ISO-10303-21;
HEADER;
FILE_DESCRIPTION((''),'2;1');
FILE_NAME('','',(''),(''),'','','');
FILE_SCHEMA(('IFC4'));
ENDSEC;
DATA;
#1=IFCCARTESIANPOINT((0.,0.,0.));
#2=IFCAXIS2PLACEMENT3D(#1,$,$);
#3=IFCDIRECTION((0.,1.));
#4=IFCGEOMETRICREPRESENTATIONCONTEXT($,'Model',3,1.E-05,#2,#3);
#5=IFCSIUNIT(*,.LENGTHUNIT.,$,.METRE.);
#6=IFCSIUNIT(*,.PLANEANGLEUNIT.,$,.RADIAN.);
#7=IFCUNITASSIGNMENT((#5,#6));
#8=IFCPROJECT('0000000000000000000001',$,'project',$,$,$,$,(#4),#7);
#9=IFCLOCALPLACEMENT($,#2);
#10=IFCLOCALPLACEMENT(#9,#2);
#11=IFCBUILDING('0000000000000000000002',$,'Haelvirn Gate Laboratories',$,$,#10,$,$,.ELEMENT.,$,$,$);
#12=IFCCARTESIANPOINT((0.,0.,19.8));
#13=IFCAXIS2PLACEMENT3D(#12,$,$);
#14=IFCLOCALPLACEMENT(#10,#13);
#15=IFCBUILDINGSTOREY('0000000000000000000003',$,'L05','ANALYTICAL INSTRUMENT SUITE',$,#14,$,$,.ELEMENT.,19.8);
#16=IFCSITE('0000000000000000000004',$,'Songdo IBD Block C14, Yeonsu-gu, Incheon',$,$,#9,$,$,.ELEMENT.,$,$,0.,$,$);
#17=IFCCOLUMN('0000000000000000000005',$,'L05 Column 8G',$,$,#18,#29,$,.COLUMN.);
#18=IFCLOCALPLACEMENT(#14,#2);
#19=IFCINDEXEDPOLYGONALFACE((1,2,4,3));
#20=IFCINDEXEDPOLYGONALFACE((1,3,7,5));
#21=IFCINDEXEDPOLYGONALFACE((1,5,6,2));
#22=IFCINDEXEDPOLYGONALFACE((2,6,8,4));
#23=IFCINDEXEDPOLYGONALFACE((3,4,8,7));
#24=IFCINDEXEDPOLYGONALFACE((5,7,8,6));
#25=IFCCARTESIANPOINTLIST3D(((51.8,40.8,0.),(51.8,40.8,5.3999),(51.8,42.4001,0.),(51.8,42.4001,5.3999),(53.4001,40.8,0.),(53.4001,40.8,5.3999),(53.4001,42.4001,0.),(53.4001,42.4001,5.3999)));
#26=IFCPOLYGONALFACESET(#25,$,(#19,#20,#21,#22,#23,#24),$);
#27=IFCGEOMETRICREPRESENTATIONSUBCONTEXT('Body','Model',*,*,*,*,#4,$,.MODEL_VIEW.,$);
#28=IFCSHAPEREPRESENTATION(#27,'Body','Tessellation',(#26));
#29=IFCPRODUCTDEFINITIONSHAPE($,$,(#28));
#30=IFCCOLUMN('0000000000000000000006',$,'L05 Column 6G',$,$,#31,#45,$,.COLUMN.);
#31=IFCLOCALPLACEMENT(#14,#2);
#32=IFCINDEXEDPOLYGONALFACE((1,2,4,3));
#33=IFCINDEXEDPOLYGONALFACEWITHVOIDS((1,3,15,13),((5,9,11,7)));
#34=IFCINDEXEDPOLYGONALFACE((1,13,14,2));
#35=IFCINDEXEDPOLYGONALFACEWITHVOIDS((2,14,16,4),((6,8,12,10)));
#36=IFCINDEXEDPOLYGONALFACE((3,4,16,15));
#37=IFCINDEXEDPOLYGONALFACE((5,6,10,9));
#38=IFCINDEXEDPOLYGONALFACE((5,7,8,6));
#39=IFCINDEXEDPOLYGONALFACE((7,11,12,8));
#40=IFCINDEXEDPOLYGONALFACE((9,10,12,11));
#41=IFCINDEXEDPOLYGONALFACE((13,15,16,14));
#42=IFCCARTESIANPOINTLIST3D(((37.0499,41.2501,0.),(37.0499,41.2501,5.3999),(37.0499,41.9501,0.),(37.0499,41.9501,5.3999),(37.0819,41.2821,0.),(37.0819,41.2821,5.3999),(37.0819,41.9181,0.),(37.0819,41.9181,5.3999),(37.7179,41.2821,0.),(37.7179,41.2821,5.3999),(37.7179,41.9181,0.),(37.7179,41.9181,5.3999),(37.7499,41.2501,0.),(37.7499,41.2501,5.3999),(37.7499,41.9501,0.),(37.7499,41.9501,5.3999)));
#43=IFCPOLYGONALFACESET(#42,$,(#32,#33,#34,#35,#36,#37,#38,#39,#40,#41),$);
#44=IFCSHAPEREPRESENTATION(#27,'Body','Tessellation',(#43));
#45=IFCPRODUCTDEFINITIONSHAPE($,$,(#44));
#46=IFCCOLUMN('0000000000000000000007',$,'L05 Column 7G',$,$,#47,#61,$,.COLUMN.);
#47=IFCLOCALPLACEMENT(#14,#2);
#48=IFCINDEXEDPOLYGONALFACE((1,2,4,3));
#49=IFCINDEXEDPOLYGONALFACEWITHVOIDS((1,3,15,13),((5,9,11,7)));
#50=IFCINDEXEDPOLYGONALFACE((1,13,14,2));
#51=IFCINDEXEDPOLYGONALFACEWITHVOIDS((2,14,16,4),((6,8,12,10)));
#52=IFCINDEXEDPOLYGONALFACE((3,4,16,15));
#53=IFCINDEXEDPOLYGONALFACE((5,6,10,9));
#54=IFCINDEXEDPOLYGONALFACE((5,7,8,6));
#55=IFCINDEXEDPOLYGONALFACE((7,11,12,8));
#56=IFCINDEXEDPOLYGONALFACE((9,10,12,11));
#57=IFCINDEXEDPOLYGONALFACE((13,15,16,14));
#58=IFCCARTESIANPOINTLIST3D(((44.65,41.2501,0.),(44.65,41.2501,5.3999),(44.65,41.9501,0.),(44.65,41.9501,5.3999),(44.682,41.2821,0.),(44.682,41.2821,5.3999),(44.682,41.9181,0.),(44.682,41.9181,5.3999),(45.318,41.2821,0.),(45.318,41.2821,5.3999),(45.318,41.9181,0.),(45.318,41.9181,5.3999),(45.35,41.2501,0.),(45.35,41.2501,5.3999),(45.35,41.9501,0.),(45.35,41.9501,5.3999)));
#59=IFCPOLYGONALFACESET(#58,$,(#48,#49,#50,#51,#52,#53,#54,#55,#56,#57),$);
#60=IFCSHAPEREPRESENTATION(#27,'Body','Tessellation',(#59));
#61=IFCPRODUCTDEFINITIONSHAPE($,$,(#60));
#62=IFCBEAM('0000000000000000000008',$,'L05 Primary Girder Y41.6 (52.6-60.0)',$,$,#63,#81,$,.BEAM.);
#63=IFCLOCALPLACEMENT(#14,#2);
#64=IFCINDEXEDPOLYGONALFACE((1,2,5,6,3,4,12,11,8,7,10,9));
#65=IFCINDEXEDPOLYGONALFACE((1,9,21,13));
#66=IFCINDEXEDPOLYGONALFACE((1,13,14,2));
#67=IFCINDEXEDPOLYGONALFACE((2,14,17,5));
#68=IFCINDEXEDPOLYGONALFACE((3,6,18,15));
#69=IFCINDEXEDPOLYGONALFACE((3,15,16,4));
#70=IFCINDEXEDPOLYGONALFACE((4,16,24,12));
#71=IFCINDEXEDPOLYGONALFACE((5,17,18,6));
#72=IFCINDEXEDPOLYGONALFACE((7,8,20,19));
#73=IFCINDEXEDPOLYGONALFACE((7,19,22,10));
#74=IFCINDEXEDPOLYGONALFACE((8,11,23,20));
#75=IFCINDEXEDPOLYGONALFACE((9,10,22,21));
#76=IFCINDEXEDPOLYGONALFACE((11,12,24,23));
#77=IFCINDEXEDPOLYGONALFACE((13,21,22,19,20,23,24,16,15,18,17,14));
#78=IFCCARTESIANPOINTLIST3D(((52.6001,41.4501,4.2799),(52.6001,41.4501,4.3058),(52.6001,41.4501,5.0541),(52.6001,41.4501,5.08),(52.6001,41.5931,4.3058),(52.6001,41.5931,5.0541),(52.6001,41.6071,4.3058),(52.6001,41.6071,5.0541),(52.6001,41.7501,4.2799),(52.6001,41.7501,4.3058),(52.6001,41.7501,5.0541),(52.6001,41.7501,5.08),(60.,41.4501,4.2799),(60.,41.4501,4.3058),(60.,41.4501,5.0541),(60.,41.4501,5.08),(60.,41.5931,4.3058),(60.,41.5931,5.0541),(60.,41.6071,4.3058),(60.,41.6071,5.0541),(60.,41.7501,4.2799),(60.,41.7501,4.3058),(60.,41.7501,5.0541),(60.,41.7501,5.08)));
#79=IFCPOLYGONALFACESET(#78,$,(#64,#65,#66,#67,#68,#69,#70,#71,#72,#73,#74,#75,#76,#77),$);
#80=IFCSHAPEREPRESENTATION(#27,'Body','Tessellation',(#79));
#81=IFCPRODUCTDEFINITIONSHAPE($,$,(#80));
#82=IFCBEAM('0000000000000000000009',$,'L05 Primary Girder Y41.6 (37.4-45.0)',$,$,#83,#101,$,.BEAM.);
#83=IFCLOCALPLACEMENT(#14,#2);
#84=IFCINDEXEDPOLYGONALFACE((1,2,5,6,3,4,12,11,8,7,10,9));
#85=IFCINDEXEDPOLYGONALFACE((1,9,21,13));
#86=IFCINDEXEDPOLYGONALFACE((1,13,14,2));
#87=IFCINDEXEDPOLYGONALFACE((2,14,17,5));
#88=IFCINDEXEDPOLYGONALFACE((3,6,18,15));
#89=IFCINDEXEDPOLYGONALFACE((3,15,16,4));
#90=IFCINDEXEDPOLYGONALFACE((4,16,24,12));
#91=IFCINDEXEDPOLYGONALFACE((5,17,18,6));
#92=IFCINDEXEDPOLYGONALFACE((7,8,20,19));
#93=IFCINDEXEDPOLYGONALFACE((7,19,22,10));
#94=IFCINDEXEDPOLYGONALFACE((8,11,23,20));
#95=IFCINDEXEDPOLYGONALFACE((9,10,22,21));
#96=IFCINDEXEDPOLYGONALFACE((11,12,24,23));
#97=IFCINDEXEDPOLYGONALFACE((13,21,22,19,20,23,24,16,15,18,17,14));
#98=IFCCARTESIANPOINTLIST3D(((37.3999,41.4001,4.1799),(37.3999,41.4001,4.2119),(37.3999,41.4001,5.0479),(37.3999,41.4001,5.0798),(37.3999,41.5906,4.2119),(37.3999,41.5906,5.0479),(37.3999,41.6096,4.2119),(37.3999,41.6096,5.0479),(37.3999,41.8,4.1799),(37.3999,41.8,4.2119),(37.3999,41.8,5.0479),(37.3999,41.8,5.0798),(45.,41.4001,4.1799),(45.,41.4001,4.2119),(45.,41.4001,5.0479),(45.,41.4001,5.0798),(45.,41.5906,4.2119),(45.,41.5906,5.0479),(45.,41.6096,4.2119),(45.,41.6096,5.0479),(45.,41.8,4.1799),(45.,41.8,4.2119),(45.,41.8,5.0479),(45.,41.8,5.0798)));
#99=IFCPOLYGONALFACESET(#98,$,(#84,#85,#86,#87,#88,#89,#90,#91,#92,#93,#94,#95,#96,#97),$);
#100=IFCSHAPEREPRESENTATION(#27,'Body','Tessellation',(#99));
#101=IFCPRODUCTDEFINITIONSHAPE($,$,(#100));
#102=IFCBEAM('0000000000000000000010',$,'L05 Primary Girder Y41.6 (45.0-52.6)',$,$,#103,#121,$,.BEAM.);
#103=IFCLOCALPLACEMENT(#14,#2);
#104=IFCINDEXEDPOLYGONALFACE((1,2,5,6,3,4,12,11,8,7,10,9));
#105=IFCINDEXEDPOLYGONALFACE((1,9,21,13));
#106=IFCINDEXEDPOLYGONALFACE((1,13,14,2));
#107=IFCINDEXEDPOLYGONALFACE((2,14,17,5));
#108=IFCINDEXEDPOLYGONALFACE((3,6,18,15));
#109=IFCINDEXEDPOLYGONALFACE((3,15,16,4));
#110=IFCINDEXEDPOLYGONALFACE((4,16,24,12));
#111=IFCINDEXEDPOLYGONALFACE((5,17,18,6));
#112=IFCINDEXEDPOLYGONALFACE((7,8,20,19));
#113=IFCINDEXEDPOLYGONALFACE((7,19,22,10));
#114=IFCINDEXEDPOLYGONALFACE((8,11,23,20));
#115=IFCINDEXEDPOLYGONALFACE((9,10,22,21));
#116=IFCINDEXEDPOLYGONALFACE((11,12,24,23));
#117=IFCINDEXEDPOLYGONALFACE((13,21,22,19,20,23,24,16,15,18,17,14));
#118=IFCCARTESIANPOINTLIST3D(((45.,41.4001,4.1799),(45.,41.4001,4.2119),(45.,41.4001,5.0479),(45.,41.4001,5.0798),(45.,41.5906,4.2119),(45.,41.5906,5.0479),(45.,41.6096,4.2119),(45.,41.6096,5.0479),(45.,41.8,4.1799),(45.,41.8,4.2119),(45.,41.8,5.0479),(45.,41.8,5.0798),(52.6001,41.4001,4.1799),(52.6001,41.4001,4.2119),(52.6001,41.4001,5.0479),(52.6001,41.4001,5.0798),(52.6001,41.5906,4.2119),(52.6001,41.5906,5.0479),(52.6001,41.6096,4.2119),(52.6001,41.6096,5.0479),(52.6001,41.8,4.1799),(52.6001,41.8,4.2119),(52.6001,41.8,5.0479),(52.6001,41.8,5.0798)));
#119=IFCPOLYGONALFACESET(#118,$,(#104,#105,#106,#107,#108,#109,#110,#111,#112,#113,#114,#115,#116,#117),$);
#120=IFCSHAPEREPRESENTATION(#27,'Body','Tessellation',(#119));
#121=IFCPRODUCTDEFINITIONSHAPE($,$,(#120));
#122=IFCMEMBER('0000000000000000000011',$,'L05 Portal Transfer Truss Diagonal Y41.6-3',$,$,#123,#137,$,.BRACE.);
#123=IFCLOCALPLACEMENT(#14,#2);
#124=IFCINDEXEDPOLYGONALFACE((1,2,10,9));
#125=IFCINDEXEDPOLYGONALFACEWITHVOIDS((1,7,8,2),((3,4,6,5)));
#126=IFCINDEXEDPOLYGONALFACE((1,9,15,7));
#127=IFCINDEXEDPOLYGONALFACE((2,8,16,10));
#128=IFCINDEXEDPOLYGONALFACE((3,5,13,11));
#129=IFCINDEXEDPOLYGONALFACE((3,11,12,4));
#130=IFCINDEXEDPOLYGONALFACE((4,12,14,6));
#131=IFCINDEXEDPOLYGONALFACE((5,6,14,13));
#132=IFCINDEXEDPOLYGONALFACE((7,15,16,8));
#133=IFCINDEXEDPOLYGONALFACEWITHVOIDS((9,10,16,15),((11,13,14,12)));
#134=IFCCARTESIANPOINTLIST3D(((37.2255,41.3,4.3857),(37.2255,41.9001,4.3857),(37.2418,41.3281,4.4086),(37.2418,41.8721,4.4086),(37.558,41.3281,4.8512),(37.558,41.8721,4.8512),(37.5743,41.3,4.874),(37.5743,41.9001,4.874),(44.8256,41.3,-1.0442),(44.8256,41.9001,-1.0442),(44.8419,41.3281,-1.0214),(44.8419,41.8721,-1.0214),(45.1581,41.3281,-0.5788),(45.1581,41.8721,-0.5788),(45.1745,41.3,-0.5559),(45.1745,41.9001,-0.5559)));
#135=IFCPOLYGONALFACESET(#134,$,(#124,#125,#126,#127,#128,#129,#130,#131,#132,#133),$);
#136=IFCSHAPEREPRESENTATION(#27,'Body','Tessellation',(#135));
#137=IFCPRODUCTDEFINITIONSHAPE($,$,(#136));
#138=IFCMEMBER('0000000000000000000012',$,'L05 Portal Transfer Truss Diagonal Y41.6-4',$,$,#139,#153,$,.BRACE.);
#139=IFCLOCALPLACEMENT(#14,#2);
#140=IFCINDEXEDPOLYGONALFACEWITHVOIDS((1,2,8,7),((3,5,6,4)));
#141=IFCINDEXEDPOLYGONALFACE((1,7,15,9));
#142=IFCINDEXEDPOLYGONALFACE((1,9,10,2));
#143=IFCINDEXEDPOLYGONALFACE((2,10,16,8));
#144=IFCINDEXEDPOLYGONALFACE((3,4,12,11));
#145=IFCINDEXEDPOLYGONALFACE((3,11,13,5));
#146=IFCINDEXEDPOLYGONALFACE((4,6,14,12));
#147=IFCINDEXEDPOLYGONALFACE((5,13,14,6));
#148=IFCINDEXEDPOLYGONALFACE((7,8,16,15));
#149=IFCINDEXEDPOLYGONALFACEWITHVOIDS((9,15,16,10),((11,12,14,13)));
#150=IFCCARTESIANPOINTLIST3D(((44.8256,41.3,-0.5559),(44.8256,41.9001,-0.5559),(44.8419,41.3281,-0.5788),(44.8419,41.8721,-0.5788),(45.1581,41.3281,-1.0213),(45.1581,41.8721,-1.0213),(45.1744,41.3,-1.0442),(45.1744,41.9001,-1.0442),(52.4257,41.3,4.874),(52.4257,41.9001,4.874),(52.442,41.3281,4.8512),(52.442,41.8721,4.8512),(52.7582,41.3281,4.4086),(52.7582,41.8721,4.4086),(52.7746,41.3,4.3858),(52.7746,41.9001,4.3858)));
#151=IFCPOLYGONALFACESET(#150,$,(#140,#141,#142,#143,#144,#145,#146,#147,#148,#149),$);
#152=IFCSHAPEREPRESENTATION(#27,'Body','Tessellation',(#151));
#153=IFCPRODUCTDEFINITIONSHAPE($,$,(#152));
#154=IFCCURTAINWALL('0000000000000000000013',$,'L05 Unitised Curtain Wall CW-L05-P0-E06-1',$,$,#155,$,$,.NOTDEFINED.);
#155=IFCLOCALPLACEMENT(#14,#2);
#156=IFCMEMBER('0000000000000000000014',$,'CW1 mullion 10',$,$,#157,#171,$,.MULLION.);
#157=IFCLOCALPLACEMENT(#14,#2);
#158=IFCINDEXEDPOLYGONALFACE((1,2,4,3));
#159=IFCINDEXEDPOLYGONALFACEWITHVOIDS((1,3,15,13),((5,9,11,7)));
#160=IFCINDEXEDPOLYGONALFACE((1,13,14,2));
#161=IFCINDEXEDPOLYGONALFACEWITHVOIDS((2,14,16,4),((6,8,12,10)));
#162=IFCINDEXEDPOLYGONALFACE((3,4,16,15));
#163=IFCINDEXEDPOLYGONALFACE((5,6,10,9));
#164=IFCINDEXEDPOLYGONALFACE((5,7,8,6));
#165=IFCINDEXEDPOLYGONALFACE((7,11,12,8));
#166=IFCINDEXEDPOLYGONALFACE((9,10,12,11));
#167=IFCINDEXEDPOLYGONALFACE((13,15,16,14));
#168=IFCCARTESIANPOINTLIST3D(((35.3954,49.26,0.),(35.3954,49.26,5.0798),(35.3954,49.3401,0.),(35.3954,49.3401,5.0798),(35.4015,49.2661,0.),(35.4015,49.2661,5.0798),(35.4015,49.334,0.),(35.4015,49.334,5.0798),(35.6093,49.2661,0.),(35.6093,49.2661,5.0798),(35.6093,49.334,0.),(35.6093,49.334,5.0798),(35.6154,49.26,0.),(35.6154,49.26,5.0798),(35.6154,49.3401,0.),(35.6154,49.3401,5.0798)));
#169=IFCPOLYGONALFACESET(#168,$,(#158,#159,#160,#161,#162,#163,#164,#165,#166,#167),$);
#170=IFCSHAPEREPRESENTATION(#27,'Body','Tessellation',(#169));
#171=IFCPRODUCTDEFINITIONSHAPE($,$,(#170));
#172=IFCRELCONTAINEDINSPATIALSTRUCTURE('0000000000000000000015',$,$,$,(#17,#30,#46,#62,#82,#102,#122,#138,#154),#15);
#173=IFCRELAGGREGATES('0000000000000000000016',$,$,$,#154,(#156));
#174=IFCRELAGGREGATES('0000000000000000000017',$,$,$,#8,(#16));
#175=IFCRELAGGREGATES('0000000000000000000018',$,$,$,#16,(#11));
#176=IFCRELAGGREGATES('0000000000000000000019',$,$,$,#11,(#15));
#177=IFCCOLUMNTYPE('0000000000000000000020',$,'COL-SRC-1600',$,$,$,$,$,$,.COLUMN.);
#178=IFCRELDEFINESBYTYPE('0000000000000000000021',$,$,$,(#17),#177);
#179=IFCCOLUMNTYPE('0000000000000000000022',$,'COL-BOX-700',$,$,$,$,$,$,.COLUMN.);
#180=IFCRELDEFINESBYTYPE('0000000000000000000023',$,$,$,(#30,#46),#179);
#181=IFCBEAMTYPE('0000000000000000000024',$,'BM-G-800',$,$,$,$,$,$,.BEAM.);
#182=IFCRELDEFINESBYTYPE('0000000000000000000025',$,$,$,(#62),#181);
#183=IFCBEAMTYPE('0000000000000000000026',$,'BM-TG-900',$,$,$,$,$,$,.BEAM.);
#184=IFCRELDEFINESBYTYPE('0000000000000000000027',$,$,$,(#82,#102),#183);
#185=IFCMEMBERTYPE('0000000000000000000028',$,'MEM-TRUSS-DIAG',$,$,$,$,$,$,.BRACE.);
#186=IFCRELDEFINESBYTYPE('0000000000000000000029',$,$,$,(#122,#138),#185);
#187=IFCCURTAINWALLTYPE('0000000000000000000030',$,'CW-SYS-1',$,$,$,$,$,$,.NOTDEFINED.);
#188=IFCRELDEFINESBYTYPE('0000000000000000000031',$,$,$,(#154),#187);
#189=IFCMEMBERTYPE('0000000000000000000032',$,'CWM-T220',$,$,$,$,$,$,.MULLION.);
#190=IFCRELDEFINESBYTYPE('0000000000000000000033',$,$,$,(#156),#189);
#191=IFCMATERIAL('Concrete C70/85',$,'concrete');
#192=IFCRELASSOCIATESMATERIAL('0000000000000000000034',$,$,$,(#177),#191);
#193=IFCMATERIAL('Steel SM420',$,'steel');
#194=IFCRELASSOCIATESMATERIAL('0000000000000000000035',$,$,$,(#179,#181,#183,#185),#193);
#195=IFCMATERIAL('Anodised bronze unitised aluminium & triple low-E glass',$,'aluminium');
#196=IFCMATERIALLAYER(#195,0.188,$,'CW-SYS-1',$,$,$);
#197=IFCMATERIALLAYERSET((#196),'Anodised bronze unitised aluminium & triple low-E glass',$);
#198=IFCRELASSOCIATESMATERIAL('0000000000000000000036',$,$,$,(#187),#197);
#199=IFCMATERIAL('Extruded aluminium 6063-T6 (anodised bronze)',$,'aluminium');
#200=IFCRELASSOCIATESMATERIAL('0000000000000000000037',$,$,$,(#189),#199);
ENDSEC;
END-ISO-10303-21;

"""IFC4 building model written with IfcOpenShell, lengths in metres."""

from ifc_helpers import new_model, si_unit, direction, frame, origin, origin_2d, place, context, subcontext, project, spatial, rectangle, hollow_rectangle, i_section, extrude, source, transform, mapped, material, layer, layer_set, material_profile, profile_set, type_object, type_shapes, element, aggregate, save


model = new_model("IFC4")

# Units and contexts
model_context = context("Model", 3, precision=1e-05, world=origin(), true_north=direction((0.0, 1.0)))
body_context = subcontext(model_context, "Body", "Model", "MODEL_VIEW")
ifc_project = project(units=[si_unit("LENGTHUNIT", "METRE"), si_unit("PLANEANGLEUNIT", "RADIAN")], contexts=[model_context])

# Site, building, storey
site_placement = place(None, origin())
site = spatial("IfcSite", under=ifc_project, at=site_placement, Name="Songdo IBD Block C14, Yeonsu-gu, Incheon", CompositionType="ELEMENT", RefElevation=0.0)
building_placement = place(site_placement, origin())
building = spatial("IfcBuilding", under=site, at=building_placement, Name="Haelvirn Gate Laboratories", CompositionType="ELEMENT")
storey_placement = place(building_placement, frame((0.0, 0.0, 19.8)))
storey = spatial("IfcBuildingStorey", under=building, at=storey_placement, Name="L05", Description="ANALYTICAL INSTRUMENT SUITE", CompositionType="ELEMENT", Elevation=19.8)

# Columns
ifc_material_1 = material(Name="Concrete C70/85", Category="concrete")
ifc_material_profile_1 = material_profile(ifc_material_1, rectangle(XDim=1.6001, YDim=1.6001, at=origin_2d()), Name="SRC-1600x1600")
ifc_profile_set_1 = profile_set([ifc_material_profile_1], Name="Concrete C70/85")
column_type_1 = type_object("IfcColumnType", Name="COL-SRC-1600", PredefinedType="COLUMN", material=ifc_profile_set_1)
shared_shape_1 = source(origin(), body_context, "Body", "SweptSolid", [
    extrude(rectangle(XDim=1.6001, YDim=1.6001, at=origin_2d()), origin(), (0.0, 0.0, 1.0), 5.3999),
])
type_shapes(column_type_1, [shared_shape_1])
column_placement = place(storey_placement, frame((52.6001, 41.6001, 0.0), z_axis=(0.0, 0.0, 1.0), x_axis=(1.0, 0.0, 0.0)))
element("IfcColumn", 1, at=column_placement, inside=storey, type_object=column_type_1, Name="L05 Column 8G", PredefinedType="COLUMN", context=body_context, shape_type="MappedRepresentation", body=[
    mapped(shared_shape_1, transform((0.0, 0.0, 0.0), scale=1.0)),
])
ifc_material_2 = material(Name="Steel SM420", Category="steel")
ifc_material_profile_2 = material_profile(ifc_material_2, hollow_rectangle(XDim=0.7, YDim=0.7, WallThickness=0.032, at=origin_2d()), Name="BOX-700x700x32")
ifc_profile_set_2 = profile_set([ifc_material_profile_2], Name="Steel SM420")
column_type_2 = type_object("IfcColumnType", Name="COL-BOX-700", PredefinedType="COLUMN", material=ifc_profile_set_2)
shared_shape_2 = source(origin(), body_context, "Body", "SweptSolid", [
    extrude(hollow_rectangle(XDim=0.7, YDim=0.7, WallThickness=0.032, at=origin_2d()), origin(), (0.0, 0.0, 1.0), 5.3999),
])
type_shapes(column_type_2, [shared_shape_2])
for number, where, z_axis, x_axis, name in (
    (2, (37.3999, 41.6001, 0.0), (0.0, 0.0, 1.0), (1.0, 0.0, 0.0), "L05 Column 6G"),
    (3, (45.0, 41.6001, 0.0), (0.0, 0.0, 1.0), (1.0, 0.0, 0.0), "L05 Column 7G"),
):
    element("IfcColumn", number, at=place(storey_placement, frame(where, z_axis=z_axis, x_axis=x_axis)), inside=storey, type_object=column_type_2, Name=name, PredefinedType="COLUMN", context=body_context, shape_type="MappedRepresentation", body=[
        mapped(shared_shape_2, transform((0.0, 0.0, 0.0), scale=1.0)),
    ])

# Beams
ifc_material_profile_3 = material_profile(ifc_material_2, i_section(OverallWidth=0.3, OverallDepth=0.8, WebThickness=0.0139, FlangeThickness=0.0259, at=origin_2d()), Name="H-800x300x14x26")
ifc_profile_set_3 = profile_set([ifc_material_profile_3], Name="Steel SM420")
beam_type_1 = type_object("IfcBeamType", Name="BM-G-800", PredefinedType="BEAM", material=ifc_profile_set_3)
shared_shape_3 = source(origin(), body_context, "Body", "SweptSolid", [
    extrude(i_section(OverallWidth=0.3, OverallDepth=0.8, WebThickness=0.0139, FlangeThickness=0.0259, at=origin_2d()), origin(), (0.0, 0.0, 1.0), 7.3999),
])
type_shapes(beam_type_1, [shared_shape_3])
beam_placement = place(storey_placement, frame((52.6001, 41.6001, 4.6799), z_axis=(1.0, 0.0, 0.0), x_axis=(0.0, 1.0, 0.0)))
element("IfcBeam", 4, at=beam_placement, inside=storey, type_object=beam_type_1, Name="L05 Primary Girder Y41.6 (52.6-60.0)", PredefinedType="BEAM", context=body_context, shape_type="MappedRepresentation", body=[
    mapped(shared_shape_3, transform((0.0, 0.0, 0.0), scale=1.0)),
])
ifc_material_profile_4 = material_profile(ifc_material_2, i_section(OverallWidth=0.3999, OverallDepth=0.8999, WebThickness=0.019, FlangeThickness=0.032, at=origin_2d()), Name="H-900x400x19x32")
ifc_profile_set_4 = profile_set([ifc_material_profile_4], Name="Steel SM420")
beam_type_2 = type_object("IfcBeamType", Name="BM-TG-900", PredefinedType="BEAM", material=ifc_profile_set_4)
shared_shape_4 = source(origin(), body_context, "Body", "SweptSolid", [
    extrude(i_section(OverallWidth=0.3999, OverallDepth=0.8999, WebThickness=0.019, FlangeThickness=0.032, at=origin_2d()), origin(), (0.0, 0.0, 1.0), 7.6001),
])
type_shapes(beam_type_2, [shared_shape_4])
for number, where, z_axis, x_axis, name in (
    (5, (37.3999, 41.6001, 4.6299), (1.0, 0.0, 0.0), (0.0, 1.0, 0.0), "L05 Primary Girder Y41.6 (37.4-45.0)"),
    (6, (45.0, 41.6001, 4.6299), (1.0, 0.0, 0.0), (0.0, 1.0, 0.0), "L05 Primary Girder Y41.6 (45.0-52.6)"),
):
    element("IfcBeam", number, at=place(storey_placement, frame(where, z_axis=z_axis, x_axis=x_axis)), inside=storey, type_object=beam_type_2, Name=name, PredefinedType="BEAM", context=body_context, shape_type="MappedRepresentation", body=[
        mapped(shared_shape_4, transform((0.0, 0.0, 0.0), scale=1.0)),
    ])

# Members
ifc_material_profile_5 = material_profile(ifc_material_2, hollow_rectangle(XDim=0.6001, YDim=0.6001, WallThickness=0.0281, at=origin_2d()), Name="BOX-600x600x28")
ifc_profile_set_5 = profile_set([ifc_material_profile_5], Name="Steel SM420")
member_type_1 = type_object("IfcMemberType", Name="MEM-TRUSS-DIAG", PredefinedType="BRACE", material=ifc_profile_set_5)
shared_shape_5 = source(origin(), body_context, "Body", "SweptSolid", [
    extrude(hollow_rectangle(XDim=0.6001, YDim=0.6001, WallThickness=0.0281, at=origin_2d()), origin(), (0.0, 0.0, 1.0), 9.3406),
])
type_shapes(member_type_1, [shared_shape_5])
for number, where, z_axis, x_axis, name in (
    (7, (37.3999, 41.6001, 4.6299), (0.813668, 0.0, -0.58133), (0.0, 1.0, 0.0), "L05 Portal Transfer Truss Diagonal Y41.6-3"),
    (8, (45.0, 41.6001, -0.8), (0.813668, 0.0, 0.58133), (0.0, 1.0, 0.0), "L05 Portal Transfer Truss Diagonal Y41.6-4"),
):
    element("IfcMember", number, at=place(storey_placement, frame(where, z_axis=z_axis, x_axis=x_axis)), inside=storey, type_object=member_type_1, Name=name, PredefinedType="BRACE", context=body_context, shape_type="MappedRepresentation", body=[
        mapped(shared_shape_5, transform((0.0, 0.0, 0.0), scale=1.0)),
    ])

# Curtain wall, member
ifc_material_3 = material(Name="Anodised bronze unitised aluminium & triple low-E glass", Category="aluminium")
ifc_layer_1 = layer(ifc_material_3, 0.188, Name="CW-SYS-1")
ifc_layer_set_1 = layer_set([ifc_layer_1], Name="Anodised bronze unitised aluminium & triple low-E glass")
curtain_wall_type = type_object("IfcCurtainWallType", Name="CW-SYS-1", PredefinedType="NOTDEFINED", material=ifc_layer_set_1)
curtain_wall_placement = place(storey_placement, origin())
curtain_wall = element("IfcCurtainWall", 9, at=curtain_wall_placement, inside=storey, type_object=curtain_wall_type, Name="L05 Unitised Curtain Wall CW-L05-P0-E06-1", PredefinedType="NOTDEFINED")
ifc_material_4 = material(Name="Extruded aluminium 6063-T6 (anodised bronze)", Category="aluminium")
ifc_material_profile_6 = material_profile(ifc_material_4, hollow_rectangle(XDim=0.0801, YDim=0.22, WallThickness=0.0061, at=origin_2d()), Name="CWM-220x80x6")
ifc_profile_set_6 = profile_set([ifc_material_profile_6], Name="Extruded aluminium 6063-T6 (anodised bronze)")
member_type_2 = type_object("IfcMemberType", Name="CWM-T220", PredefinedType="MULLION", material=ifc_profile_set_6)
shared_shape_6 = source(origin(), body_context, "Body", "SweptSolid", [
    extrude(hollow_rectangle(XDim=0.0801, YDim=0.22, WallThickness=0.0061, at=origin_2d()), origin(), (0.0, 0.0, 1.0), 5.0798),
])
type_shapes(member_type_2, [shared_shape_6])
member_1_placement = place(storey_placement, frame((35.5054, 49.3, 0.0), z_axis=(0.0, 0.0, 1.0), x_axis=(0.0, 1.0, 0.0)))
member_1 = element("IfcMember", 10, at=member_1_placement, type_object=member_type_2, Name="CW1 mullion 10", PredefinedType="MULLION", context=body_context, shape_type="MappedRepresentation", body=[
    mapped(shared_shape_6, transform((0.0, 0.0, 0.0), scale=1.0)),
])

aggregate(curtain_wall, [member_1])

save(model, "model.ifc")
